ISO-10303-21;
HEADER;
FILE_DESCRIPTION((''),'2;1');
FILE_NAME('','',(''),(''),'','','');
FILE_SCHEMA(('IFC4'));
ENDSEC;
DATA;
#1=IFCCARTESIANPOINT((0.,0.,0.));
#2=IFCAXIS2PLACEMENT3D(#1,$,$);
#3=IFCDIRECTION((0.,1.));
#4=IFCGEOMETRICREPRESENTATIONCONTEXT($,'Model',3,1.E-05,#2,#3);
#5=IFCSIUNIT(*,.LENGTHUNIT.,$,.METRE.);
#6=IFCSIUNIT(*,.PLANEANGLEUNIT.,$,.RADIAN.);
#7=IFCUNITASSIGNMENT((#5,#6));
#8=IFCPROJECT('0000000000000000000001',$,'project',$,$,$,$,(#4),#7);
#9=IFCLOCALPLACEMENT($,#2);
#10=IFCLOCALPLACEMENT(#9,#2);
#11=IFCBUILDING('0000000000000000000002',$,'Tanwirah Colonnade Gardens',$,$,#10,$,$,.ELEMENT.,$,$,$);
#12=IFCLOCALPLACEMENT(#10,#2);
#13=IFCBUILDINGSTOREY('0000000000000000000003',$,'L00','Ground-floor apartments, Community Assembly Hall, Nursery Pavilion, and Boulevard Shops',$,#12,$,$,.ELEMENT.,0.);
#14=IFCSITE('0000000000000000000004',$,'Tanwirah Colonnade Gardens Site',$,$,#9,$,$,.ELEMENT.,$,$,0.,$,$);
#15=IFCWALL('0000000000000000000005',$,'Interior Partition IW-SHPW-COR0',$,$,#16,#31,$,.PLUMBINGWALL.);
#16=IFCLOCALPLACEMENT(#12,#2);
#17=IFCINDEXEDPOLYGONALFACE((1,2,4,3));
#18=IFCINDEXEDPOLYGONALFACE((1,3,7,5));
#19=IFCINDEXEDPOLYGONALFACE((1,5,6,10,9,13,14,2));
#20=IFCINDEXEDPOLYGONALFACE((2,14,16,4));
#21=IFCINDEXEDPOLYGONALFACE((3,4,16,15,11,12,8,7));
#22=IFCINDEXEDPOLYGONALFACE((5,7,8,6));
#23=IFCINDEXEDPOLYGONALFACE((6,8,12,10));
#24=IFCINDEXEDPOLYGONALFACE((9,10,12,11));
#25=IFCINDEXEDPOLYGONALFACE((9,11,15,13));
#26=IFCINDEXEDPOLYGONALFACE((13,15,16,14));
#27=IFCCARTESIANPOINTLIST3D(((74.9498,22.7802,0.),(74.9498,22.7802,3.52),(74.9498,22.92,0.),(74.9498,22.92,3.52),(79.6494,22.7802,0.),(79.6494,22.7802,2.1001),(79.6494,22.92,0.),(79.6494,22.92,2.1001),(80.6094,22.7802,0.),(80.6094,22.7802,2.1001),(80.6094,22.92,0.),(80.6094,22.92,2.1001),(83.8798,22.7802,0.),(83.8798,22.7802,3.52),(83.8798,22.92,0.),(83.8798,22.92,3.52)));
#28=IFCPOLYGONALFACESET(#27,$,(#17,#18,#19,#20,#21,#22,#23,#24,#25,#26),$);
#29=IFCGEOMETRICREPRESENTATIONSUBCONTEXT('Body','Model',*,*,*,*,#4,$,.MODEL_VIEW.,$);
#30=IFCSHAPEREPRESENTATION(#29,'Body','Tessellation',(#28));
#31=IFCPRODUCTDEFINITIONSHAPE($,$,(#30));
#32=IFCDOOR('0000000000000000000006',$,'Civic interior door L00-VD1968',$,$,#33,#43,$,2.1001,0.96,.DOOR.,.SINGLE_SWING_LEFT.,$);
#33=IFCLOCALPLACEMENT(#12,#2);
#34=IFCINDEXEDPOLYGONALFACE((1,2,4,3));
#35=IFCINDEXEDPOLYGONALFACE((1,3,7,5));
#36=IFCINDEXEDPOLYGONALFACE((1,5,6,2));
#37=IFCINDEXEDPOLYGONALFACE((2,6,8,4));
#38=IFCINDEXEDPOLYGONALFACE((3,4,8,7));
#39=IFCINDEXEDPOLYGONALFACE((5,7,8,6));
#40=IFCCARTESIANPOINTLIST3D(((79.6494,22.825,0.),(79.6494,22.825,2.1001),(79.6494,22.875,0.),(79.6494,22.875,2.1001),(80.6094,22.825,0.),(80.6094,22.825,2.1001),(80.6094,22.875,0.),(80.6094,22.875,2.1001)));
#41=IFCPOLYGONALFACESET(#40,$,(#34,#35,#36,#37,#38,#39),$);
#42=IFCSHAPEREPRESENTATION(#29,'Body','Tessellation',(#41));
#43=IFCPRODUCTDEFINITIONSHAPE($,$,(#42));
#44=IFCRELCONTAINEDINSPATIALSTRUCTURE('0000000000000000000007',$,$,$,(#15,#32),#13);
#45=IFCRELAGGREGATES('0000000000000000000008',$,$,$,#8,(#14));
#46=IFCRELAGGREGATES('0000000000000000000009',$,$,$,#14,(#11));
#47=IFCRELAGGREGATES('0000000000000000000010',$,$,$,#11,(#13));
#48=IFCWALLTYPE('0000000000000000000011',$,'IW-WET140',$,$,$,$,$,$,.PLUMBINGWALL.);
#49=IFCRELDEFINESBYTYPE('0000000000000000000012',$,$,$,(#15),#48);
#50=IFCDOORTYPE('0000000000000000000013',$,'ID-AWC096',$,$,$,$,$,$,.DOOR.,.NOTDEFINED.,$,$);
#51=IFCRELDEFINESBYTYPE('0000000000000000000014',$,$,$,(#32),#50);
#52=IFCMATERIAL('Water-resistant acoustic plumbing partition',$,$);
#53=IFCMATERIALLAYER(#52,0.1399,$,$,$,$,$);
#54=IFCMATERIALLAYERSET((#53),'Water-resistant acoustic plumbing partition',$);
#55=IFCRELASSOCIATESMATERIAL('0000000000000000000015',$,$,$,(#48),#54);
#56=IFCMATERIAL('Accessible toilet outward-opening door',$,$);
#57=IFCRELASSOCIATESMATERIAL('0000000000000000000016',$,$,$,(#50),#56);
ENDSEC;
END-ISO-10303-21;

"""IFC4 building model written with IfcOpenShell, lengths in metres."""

from ifc_helpers import new_model, si_unit, direction, frame, frame_2d, origin, place, context, subcontext, project, spatial, rectangle, extrude, material, layer, layer_set, type_object, element, fill, save


model = new_model("IFC4")

# Units and contexts
model_context = context("Model", 3, precision=1e-05, world=origin(), true_north=direction((0.0, 1.0)))
body_context = subcontext(model_context, "Body", "Model", "MODEL_VIEW")
ifc_project = project(units=[si_unit("LENGTHUNIT", "METRE"), si_unit("PLANEANGLEUNIT", "RADIAN")], contexts=[model_context])

# Site, building, storey
site_placement = place(None, origin())
site = spatial("IfcSite", under=ifc_project, at=site_placement, Name="Tanwirah Colonnade Gardens Site", CompositionType="ELEMENT", RefElevation=0.0)
building_placement = place(site_placement, origin())
building = spatial("IfcBuilding", under=site, at=building_placement, Name="Tanwirah Colonnade Gardens", CompositionType="ELEMENT")
storey_placement = place(building_placement, origin())
storey = spatial("IfcBuildingStorey", under=building, at=storey_placement, Name="L00", Description="Ground-floor apartments, Community Assembly Hall, Nursery Pavilion, and Boulevard Shops", CompositionType="ELEMENT", Elevation=0.0)

# Wall, opening, door
ifc_material_1 = material(Name="Water-resistant acoustic plumbing partition")
ifc_layer_1 = layer(ifc_material_1, 0.1399)
ifc_layer_set_1 = layer_set([ifc_layer_1], Name="Water-resistant acoustic plumbing partition")
wall_type_1 = type_object("IfcWallType", Name="IW-WET140", PredefinedType="PLUMBINGWALL", material=ifc_layer_set_1)
wall_1_placement = place(storey_placement, frame((74.95, 22.8501, 0.0), z_axis=(0.0, 0.0, 1.0), x_axis=(1.0, 0.0, 0.0)))
wall_1 = element("IfcWall", 1, at=wall_1_placement, inside=storey, type_object=wall_type_1, Name="Interior Partition IW-SHPW-COR0", PredefinedType="PLUMBINGWALL", context=body_context, shape_type="SweptSolid", body=[
    extrude(rectangle(XDim=8.9299, YDim=0.1399, at=frame_2d((4.4648, 0.0))), origin(), (0.0, 0.0, 1.0), 3.52),
])
opening_placement = place(wall_1_placement, frame((4.6995, 0.0, 0.0)))
opening = element("IfcOpeningElement", 2, at=opening_placement, cuts=wall_1, PredefinedType="OPENING", context=body_context, shape_type="SweptSolid", body=[
    extrude(rectangle(XDim=0.96, YDim=2.1001, at=frame_2d((0.48, 1.05))), frame((0.0, 0.0798, 0.0), z_axis=(0.0, -1.0, 0.0), x_axis=(1.0, 0.0, 0.0)), (0.0, 0.0, 1.0), 0.1599),
])
ifc_material_2 = material(Name="Accessible toilet outward-opening door")
door_type = type_object("IfcDoorType", Name="ID-AWC096", OperationType="NOTDEFINED", PredefinedType="DOOR", material=ifc_material_2)
door_placement = place(opening_placement, origin())
door = element("IfcDoor", 3, at=door_placement, inside=storey, type_object=door_type, Name="Civic interior door L00-VD1968", OperationType="SINGLE_SWING_LEFT", OverallHeight=2.1001, OverallWidth=0.96, PredefinedType="DOOR", context=body_context, shape_type="SweptSolid", body=[
    extrude(rectangle(XDim=0.96, YDim=2.1001, at=frame_2d((0.48, 1.05))), frame((0.0, 0.0249, 0.0), z_axis=(0.0, -1.0, 0.0), x_axis=(1.0, 0.0, 0.0)), (0.0, 0.0, 1.0), 0.05),
])
fill(opening, door)

save(model, "model.ifc")
